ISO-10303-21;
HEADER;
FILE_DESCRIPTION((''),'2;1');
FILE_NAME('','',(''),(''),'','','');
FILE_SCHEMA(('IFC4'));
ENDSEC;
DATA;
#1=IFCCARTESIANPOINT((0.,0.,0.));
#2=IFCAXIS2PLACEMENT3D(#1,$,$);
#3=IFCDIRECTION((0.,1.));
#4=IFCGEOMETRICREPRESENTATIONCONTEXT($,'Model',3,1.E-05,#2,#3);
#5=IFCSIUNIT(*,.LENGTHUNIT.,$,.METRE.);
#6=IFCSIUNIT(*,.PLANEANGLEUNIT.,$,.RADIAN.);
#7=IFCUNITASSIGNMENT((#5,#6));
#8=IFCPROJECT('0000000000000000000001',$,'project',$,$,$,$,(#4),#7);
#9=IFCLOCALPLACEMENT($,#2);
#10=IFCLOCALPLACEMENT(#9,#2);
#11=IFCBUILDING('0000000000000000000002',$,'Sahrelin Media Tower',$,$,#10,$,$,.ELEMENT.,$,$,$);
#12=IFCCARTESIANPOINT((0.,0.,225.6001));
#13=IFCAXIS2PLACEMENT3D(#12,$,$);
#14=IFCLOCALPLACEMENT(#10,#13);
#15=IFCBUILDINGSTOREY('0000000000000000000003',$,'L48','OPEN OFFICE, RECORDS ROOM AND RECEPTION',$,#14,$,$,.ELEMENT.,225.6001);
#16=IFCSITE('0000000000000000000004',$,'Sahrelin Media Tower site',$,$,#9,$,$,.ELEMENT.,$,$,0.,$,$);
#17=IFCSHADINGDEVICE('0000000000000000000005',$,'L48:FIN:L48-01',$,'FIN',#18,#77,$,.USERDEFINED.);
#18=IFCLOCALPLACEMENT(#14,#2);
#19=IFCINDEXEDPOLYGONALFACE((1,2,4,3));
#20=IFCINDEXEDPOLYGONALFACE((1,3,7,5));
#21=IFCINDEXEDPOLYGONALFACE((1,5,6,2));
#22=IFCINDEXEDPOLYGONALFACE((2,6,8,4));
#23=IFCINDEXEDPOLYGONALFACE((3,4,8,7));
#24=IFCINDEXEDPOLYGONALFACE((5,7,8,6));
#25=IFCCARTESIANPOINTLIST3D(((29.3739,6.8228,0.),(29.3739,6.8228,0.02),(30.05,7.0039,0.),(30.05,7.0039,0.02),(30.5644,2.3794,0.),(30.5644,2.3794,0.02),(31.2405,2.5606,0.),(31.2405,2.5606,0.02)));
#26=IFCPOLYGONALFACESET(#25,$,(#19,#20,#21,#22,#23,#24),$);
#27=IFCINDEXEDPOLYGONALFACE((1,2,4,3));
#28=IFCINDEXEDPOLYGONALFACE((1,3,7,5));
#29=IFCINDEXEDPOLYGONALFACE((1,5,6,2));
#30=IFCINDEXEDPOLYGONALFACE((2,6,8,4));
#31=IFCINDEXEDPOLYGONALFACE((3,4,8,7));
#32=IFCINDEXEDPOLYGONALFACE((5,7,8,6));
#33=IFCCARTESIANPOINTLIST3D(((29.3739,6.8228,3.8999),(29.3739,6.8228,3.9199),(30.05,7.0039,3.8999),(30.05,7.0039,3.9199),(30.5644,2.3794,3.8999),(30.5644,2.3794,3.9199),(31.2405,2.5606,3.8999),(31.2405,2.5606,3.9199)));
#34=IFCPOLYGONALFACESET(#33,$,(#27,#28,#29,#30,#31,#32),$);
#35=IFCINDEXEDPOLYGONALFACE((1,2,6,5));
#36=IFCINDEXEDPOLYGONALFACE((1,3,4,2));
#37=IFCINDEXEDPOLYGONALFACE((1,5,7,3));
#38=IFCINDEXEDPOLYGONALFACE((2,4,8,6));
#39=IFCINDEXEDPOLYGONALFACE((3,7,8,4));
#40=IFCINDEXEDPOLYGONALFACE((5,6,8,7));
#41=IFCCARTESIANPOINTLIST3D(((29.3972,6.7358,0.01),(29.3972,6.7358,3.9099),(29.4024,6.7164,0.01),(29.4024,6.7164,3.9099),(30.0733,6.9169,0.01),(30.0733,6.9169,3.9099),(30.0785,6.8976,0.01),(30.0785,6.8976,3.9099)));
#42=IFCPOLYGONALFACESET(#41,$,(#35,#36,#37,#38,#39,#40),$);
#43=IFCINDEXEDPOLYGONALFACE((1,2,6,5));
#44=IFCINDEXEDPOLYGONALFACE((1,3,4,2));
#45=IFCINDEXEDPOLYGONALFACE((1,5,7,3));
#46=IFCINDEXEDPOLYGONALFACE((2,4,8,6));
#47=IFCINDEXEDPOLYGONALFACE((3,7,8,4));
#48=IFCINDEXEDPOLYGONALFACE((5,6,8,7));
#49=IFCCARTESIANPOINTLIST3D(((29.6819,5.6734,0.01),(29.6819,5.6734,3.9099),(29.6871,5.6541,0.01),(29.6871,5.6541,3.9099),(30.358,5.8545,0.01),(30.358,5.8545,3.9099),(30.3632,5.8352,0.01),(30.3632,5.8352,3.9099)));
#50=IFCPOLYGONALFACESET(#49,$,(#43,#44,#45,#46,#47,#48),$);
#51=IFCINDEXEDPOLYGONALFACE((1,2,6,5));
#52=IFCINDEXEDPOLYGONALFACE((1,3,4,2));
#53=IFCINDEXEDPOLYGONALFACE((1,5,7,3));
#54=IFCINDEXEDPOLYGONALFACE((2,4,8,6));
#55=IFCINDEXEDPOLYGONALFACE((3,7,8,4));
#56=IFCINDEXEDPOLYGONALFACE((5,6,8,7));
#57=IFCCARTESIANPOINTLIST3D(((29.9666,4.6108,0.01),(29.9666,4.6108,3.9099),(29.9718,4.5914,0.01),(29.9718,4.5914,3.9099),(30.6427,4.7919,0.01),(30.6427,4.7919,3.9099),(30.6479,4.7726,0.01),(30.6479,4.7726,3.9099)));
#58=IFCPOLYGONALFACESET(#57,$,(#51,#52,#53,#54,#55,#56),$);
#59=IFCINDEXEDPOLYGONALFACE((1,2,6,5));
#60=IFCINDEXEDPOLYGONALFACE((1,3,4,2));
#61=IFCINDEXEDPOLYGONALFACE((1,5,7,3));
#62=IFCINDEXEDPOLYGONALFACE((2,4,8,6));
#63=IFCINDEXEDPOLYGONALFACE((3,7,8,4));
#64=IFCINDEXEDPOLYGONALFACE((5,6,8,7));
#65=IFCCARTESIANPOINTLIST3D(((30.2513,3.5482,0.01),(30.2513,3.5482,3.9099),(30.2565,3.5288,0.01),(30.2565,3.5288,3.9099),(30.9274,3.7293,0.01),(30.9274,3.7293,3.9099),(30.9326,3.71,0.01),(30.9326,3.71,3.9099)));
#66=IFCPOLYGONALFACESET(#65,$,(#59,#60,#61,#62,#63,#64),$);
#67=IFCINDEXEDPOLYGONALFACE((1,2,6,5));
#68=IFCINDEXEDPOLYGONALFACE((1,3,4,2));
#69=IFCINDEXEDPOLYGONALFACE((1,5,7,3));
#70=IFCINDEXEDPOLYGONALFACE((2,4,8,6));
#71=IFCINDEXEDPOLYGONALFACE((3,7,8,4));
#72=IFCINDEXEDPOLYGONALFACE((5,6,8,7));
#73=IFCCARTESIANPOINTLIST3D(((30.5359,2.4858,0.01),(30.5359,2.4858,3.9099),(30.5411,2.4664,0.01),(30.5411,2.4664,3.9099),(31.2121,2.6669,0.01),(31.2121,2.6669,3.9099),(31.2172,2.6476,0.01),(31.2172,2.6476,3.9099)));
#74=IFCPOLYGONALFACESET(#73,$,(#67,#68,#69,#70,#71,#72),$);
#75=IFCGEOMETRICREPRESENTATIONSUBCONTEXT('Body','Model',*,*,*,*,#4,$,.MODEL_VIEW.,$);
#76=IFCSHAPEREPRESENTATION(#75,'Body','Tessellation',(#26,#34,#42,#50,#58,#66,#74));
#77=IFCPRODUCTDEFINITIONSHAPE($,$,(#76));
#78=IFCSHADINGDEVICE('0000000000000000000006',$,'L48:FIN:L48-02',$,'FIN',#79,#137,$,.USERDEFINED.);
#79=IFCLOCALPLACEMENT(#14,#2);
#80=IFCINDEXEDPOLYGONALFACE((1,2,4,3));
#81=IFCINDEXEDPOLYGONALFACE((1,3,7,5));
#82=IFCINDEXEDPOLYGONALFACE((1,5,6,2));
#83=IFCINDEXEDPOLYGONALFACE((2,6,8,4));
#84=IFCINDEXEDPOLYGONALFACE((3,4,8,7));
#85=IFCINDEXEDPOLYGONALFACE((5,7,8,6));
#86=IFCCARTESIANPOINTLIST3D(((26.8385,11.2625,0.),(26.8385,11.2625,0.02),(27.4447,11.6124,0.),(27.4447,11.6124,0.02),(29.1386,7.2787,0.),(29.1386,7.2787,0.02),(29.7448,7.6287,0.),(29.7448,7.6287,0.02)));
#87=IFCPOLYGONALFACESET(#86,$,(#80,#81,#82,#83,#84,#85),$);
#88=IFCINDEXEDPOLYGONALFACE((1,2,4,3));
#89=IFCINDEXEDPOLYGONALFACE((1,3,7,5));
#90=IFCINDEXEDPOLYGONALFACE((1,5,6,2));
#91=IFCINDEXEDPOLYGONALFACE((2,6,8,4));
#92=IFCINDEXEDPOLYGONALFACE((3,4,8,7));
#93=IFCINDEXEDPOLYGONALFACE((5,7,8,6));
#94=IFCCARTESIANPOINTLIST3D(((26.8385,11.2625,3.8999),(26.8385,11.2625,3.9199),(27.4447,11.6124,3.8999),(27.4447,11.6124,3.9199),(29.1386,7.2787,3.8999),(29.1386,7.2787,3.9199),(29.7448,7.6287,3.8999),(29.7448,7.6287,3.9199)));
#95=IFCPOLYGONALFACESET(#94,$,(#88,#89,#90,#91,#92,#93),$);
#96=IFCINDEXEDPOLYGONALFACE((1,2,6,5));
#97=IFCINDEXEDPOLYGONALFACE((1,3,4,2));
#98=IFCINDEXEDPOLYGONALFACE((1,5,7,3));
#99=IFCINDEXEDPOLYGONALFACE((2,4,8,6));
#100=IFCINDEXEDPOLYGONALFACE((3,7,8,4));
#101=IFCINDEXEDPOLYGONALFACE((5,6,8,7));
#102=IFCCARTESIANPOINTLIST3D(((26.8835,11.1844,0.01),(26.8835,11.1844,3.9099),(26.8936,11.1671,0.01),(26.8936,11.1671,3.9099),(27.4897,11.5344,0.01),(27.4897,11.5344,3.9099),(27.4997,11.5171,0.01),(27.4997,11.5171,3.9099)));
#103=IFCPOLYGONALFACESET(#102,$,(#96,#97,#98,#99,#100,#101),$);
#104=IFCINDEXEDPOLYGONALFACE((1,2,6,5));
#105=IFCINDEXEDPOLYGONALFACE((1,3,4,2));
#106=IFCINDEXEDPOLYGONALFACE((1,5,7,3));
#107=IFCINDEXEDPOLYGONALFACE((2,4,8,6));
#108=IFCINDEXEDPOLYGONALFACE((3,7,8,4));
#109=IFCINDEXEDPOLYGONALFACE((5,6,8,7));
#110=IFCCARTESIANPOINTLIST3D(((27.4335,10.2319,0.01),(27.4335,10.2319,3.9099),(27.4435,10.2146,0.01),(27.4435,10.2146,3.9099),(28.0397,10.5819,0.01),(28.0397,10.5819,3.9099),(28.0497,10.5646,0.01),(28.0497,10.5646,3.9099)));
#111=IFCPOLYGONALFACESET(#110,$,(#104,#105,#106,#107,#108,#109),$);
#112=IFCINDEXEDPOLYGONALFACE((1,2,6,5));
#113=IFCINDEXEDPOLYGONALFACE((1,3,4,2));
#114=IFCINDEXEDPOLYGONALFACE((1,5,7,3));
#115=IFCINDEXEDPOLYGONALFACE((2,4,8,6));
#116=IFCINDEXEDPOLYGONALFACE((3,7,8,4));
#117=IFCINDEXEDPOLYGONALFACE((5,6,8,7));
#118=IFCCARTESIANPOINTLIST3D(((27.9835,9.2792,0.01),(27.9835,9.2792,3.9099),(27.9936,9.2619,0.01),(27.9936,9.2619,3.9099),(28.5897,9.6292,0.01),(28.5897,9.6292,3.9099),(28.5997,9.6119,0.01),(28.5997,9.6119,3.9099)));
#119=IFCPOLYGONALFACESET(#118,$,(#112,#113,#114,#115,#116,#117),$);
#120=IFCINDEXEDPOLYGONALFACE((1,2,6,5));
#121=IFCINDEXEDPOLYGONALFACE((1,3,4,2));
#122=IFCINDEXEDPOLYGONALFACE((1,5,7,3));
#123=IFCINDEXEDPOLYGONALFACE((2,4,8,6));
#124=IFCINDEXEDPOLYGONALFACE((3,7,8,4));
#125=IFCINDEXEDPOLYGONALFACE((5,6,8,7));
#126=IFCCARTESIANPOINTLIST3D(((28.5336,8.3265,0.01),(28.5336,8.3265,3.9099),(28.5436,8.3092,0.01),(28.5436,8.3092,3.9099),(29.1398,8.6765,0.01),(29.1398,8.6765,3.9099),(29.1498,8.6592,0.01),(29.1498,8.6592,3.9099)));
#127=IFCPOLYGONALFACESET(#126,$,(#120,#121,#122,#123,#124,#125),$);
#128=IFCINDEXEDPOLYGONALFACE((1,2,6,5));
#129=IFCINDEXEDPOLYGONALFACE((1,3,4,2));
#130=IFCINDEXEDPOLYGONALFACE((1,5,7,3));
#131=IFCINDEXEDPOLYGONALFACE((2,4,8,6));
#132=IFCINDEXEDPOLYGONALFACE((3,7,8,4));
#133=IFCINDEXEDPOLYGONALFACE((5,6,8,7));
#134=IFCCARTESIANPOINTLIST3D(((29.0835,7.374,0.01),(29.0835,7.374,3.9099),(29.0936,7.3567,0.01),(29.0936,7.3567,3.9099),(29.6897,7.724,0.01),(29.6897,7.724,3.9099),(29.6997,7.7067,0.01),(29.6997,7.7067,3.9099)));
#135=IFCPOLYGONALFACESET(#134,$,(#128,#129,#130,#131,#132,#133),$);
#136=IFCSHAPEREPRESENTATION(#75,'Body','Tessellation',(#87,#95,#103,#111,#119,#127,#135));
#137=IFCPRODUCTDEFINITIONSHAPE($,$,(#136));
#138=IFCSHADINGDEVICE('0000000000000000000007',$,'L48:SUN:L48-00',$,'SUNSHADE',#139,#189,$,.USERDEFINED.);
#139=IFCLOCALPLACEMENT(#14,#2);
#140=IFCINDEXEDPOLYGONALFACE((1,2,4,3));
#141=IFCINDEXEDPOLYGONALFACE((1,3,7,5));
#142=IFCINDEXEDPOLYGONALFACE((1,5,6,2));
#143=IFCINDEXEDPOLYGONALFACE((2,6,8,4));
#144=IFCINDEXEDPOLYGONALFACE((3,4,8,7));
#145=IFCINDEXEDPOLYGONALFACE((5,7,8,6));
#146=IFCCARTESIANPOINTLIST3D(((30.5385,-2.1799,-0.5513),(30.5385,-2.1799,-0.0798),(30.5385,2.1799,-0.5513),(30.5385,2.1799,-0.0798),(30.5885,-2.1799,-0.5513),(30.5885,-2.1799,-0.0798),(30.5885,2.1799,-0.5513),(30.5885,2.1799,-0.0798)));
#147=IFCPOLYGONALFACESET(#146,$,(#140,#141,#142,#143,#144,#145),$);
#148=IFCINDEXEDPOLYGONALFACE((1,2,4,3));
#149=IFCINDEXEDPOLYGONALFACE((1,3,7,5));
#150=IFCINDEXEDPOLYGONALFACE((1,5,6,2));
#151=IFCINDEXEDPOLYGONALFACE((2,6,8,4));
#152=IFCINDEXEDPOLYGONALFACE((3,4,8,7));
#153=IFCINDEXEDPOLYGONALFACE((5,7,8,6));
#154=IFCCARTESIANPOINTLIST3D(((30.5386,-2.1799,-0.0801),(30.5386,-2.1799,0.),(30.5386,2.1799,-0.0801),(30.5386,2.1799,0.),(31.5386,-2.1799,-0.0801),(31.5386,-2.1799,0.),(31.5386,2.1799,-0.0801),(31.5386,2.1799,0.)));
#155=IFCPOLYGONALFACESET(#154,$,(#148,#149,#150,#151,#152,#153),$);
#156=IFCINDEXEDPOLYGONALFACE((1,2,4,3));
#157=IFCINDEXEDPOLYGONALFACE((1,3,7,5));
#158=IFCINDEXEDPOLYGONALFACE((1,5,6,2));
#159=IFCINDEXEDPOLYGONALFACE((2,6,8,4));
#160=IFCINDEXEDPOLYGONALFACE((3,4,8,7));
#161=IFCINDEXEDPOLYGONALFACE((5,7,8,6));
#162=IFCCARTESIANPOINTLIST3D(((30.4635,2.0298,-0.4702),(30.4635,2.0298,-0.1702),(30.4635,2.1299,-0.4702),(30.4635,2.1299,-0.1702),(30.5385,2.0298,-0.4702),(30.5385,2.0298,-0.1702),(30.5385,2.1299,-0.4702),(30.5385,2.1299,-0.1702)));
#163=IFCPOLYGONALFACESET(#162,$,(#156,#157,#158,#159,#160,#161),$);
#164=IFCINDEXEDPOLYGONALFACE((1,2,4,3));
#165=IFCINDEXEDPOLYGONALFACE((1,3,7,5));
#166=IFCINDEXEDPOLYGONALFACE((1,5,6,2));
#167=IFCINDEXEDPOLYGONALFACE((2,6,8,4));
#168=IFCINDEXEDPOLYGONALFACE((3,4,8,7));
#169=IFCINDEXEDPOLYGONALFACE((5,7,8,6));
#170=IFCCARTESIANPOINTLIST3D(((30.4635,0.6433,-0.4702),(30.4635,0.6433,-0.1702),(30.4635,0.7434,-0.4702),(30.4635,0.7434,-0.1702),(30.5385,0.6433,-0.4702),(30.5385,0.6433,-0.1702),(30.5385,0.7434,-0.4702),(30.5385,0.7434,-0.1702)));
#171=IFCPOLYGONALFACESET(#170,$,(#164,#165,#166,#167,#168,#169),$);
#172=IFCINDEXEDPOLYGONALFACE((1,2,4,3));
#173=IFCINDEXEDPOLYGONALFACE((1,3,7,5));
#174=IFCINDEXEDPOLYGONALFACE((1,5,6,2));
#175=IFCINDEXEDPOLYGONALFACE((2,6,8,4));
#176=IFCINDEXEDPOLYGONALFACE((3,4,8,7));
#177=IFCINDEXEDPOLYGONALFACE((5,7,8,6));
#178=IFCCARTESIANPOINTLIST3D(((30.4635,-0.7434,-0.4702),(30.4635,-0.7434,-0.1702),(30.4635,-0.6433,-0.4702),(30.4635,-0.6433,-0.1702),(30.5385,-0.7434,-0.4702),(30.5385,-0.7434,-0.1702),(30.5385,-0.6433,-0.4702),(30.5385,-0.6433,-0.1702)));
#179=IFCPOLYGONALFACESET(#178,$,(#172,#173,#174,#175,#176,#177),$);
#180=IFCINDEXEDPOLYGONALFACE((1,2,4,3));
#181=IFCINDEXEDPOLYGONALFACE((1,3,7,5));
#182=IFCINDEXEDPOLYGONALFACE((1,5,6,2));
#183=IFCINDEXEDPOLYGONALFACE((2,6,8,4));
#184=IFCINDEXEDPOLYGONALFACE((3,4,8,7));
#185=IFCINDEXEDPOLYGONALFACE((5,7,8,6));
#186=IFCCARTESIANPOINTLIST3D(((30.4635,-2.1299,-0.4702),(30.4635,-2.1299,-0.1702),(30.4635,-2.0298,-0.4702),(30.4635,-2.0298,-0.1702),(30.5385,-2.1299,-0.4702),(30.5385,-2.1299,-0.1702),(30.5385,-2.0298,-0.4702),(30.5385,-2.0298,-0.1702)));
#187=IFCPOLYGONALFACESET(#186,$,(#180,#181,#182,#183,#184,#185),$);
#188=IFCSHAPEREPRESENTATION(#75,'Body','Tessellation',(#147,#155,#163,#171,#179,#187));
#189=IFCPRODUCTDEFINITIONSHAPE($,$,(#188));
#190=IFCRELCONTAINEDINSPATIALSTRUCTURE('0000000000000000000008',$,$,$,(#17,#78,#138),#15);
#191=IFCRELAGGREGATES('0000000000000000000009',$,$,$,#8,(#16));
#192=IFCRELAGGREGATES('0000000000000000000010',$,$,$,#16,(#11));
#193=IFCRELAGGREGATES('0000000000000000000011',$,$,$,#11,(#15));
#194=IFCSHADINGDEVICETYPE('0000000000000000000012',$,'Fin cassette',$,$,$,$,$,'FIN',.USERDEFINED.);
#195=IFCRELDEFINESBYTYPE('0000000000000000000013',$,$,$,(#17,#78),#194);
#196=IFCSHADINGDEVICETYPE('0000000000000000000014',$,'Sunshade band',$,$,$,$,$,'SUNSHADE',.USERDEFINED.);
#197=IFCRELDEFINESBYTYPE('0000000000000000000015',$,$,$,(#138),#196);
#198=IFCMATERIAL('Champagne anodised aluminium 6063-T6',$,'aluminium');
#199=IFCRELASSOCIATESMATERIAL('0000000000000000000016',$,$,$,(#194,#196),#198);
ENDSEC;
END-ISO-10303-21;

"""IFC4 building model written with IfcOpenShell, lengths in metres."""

from ifc_helpers import new_model, si_unit, direction, frame, origin, origin_2d, place, context, subcontext, project, spatial, rectangle, extrude, material, type_object, element, save


model = new_model("IFC4")

# Units and contexts
model_context = context("Model", 3, precision=1e-05, world=origin(), true_north=direction((0.0, 1.0)))
body_context = subcontext(model_context, "Body", "Model", "MODEL_VIEW")
ifc_project = project(units=[si_unit("LENGTHUNIT", "METRE"), si_unit("PLANEANGLEUNIT", "RADIAN")], contexts=[model_context])

# Site, building, storey
site_placement = place(None, origin())
site = spatial("IfcSite", under=ifc_project, at=site_placement, Name="Sahrelin Media Tower site", CompositionType="ELEMENT", RefElevation=0.0)
building_placement = place(site_placement, origin())
building = spatial("IfcBuilding", under=site, at=building_placement, Name="Sahrelin Media Tower", CompositionType="ELEMENT")
storey_placement = place(building_placement, frame((0.0, 0.0, 225.6001)))
storey = spatial("IfcBuildingStorey", under=building, at=storey_placement, Name="L48", Description="OPEN OFFICE, RECORDS ROOM AND RECEPTION", CompositionType="ELEMENT", Elevation=225.6001)

# Shared definitions
ifc_material_1 = material(Name="Champagne anodised aluminium 6063-T6", Category="aluminium")

# Shading devices
shading_device_type_1 = type_object("IfcShadingDeviceType", Name="Fin cassette", ElementType="FIN", PredefinedType="USERDEFINED", material=ifc_material_1)
placement_1 = place(storey_placement, frame((30.5186, 0.0, 0.0), z_axis=(0.0, 0.0, 1.0), x_axis=(0.0, -1.0, 0.0)))
placement_2 = place(storey_placement, frame((29.9016, 4.583, 0.0), z_axis=(0.0, 0.0, 1.0), x_axis=(0.258808, -0.965929, 0.0)))
element("IfcShadingDevice", 1, at=placement_2, inside=storey, type_object=shading_device_type_1, Name="L48:FIN:L48-01", ObjectType="FIN", PredefinedType="USERDEFINED", context=body_context, shape_type="SweptSolid", body=[
    extrude(rectangle(XDim=4.6001, YDim=0.7, at=origin_2d()), frame((0.0, 0.4199, 0.0)), (0.0, 0.0, 1.0), 0.02),
    extrude(rectangle(XDim=4.6001, YDim=0.7, at=origin_2d()), frame((0.0, 0.4199, 3.8999)), (0.0, 0.0, 1.0), 0.02),
    extrude(rectangle(XDim=0.02, YDim=0.7, at=origin_2d()), frame((-2.2, 0.4199, 0.01), z_axis=(0.0, 0.0, 1.0), x_axis=(1.0, 0.0, 0.0)), (0.0, 0.0, 1.0), 3.8999),
    extrude(rectangle(XDim=0.02, YDim=0.7, at=origin_2d()), frame((-1.1001, 0.4199, 0.01), z_axis=(0.0, 0.0, 1.0), x_axis=(1.0, 0.0, 0.0)), (0.0, 0.0, 1.0), 3.8999),
    extrude(rectangle(XDim=0.02, YDim=0.7, at=origin_2d()), frame((0.0, 0.4199, 0.01), z_axis=(0.0, 0.0, 1.0), x_axis=(1.0, 0.0, 0.0)), (0.0, 0.0, 1.0), 3.8999),
    extrude(rectangle(XDim=0.02, YDim=0.7, at=origin_2d()), frame((1.1001, 0.4199, 0.01), z_axis=(0.0, 0.0, 1.0), x_axis=(1.0, 0.0, 0.0)), (0.0, 0.0, 1.0), 3.8999),
    extrude(rectangle(XDim=0.02, YDim=0.7, at=origin_2d()), frame((2.2, 0.4199, 0.01), z_axis=(0.0, 0.0, 1.0), x_axis=(1.0, 0.0, 0.0)), (0.0, 0.0, 1.0), 3.8999),
])
placement_3 = place(storey_placement, frame((27.928, 9.2356, 0.0), z_axis=(0.0, 0.0, 1.0), x_axis=(0.500011, -0.866019, 0.0)))
element("IfcShadingDevice", 2, at=placement_3, inside=storey, type_object=shading_device_type_1, Name="L48:FIN:L48-02", ObjectType="FIN", PredefinedType="USERDEFINED", context=body_context, shape_type="SweptSolid", body=[
    extrude(rectangle(XDim=4.6001, YDim=0.7, at=origin_2d()), frame((0.0, 0.4199, 0.0)), (0.0, 0.0, 1.0), 0.02),
    extrude(rectangle(XDim=4.6001, YDim=0.7, at=origin_2d()), frame((0.0, 0.4199, 3.8999)), (0.0, 0.0, 1.0), 0.02),
    extrude(rectangle(XDim=0.02, YDim=0.7, at=origin_2d()), frame((-2.2, 0.4199, 0.01), z_axis=(0.0, 0.0, 1.0), x_axis=(1.0, 0.0, 0.0)), (0.0, 0.0, 1.0), 3.8999),
    extrude(rectangle(XDim=0.02, YDim=0.7, at=origin_2d()), frame((-1.1001, 0.4199, 0.01), z_axis=(0.0, 0.0, 1.0), x_axis=(1.0, 0.0, 0.0)), (0.0, 0.0, 1.0), 3.8999),
    extrude(rectangle(XDim=0.02, YDim=0.7, at=origin_2d()), frame((0.0, 0.4199, 0.01), z_axis=(0.0, 0.0, 1.0), x_axis=(1.0, 0.0, 0.0)), (0.0, 0.0, 1.0), 3.8999),
    extrude(rectangle(XDim=0.02, YDim=0.7, at=origin_2d()), frame((1.1001, 0.4199, 0.01), z_axis=(0.0, 0.0, 1.0), x_axis=(1.0, 0.0, 0.0)), (0.0, 0.0, 1.0), 3.8999),
    extrude(rectangle(XDim=0.02, YDim=0.7, at=origin_2d()), frame((2.2, 0.4199, 0.01), z_axis=(0.0, 0.0, 1.0), x_axis=(1.0, 0.0, 0.0)), (0.0, 0.0, 1.0), 3.8999),
])
shading_device_type_2 = type_object("IfcShadingDeviceType", Name="Sunshade band", ElementType="SUNSHADE", PredefinedType="USERDEFINED", material=ifc_material_1)
element("IfcShadingDevice", 3, at=placement_1, inside=storey, type_object=shading_device_type_2, Name="L48:SUN:L48-00", ObjectType="SUNSHADE", PredefinedType="USERDEFINED", context=body_context, shape_type="SweptSolid", body=[
    extrude(rectangle(XDim=4.3599, YDim=0.05, at=origin_2d()), frame((0.0, 0.0449, -0.5513)), (0.0, 0.0, 1.0), 0.4714),
    extrude(rectangle(XDim=4.3599, YDim=1.0, at=origin_2d()), frame((0.0, 0.52, -0.0801)), (0.0, 0.0, 1.0), 0.0801),
    extrude(rectangle(XDim=0.1001, YDim=0.075, at=origin_2d()), frame((-2.0798, -0.0176, -0.4702)), (0.0, 0.0, 1.0), 0.3),
    extrude(rectangle(XDim=0.1001, YDim=0.075, at=origin_2d()), frame((-0.6934, -0.0176, -0.4702)), (0.0, 0.0, 1.0), 0.3),
    extrude(rectangle(XDim=0.1001, YDim=0.075, at=origin_2d()), frame((0.6934, -0.0176, -0.4702)), (0.0, 0.0, 1.0), 0.3),
    extrude(rectangle(XDim=0.1001, YDim=0.075, at=origin_2d()), frame((2.0798, -0.0176, -0.4702)), (0.0, 0.0, 1.0), 0.3),
])

save(model, "model.ifc")
